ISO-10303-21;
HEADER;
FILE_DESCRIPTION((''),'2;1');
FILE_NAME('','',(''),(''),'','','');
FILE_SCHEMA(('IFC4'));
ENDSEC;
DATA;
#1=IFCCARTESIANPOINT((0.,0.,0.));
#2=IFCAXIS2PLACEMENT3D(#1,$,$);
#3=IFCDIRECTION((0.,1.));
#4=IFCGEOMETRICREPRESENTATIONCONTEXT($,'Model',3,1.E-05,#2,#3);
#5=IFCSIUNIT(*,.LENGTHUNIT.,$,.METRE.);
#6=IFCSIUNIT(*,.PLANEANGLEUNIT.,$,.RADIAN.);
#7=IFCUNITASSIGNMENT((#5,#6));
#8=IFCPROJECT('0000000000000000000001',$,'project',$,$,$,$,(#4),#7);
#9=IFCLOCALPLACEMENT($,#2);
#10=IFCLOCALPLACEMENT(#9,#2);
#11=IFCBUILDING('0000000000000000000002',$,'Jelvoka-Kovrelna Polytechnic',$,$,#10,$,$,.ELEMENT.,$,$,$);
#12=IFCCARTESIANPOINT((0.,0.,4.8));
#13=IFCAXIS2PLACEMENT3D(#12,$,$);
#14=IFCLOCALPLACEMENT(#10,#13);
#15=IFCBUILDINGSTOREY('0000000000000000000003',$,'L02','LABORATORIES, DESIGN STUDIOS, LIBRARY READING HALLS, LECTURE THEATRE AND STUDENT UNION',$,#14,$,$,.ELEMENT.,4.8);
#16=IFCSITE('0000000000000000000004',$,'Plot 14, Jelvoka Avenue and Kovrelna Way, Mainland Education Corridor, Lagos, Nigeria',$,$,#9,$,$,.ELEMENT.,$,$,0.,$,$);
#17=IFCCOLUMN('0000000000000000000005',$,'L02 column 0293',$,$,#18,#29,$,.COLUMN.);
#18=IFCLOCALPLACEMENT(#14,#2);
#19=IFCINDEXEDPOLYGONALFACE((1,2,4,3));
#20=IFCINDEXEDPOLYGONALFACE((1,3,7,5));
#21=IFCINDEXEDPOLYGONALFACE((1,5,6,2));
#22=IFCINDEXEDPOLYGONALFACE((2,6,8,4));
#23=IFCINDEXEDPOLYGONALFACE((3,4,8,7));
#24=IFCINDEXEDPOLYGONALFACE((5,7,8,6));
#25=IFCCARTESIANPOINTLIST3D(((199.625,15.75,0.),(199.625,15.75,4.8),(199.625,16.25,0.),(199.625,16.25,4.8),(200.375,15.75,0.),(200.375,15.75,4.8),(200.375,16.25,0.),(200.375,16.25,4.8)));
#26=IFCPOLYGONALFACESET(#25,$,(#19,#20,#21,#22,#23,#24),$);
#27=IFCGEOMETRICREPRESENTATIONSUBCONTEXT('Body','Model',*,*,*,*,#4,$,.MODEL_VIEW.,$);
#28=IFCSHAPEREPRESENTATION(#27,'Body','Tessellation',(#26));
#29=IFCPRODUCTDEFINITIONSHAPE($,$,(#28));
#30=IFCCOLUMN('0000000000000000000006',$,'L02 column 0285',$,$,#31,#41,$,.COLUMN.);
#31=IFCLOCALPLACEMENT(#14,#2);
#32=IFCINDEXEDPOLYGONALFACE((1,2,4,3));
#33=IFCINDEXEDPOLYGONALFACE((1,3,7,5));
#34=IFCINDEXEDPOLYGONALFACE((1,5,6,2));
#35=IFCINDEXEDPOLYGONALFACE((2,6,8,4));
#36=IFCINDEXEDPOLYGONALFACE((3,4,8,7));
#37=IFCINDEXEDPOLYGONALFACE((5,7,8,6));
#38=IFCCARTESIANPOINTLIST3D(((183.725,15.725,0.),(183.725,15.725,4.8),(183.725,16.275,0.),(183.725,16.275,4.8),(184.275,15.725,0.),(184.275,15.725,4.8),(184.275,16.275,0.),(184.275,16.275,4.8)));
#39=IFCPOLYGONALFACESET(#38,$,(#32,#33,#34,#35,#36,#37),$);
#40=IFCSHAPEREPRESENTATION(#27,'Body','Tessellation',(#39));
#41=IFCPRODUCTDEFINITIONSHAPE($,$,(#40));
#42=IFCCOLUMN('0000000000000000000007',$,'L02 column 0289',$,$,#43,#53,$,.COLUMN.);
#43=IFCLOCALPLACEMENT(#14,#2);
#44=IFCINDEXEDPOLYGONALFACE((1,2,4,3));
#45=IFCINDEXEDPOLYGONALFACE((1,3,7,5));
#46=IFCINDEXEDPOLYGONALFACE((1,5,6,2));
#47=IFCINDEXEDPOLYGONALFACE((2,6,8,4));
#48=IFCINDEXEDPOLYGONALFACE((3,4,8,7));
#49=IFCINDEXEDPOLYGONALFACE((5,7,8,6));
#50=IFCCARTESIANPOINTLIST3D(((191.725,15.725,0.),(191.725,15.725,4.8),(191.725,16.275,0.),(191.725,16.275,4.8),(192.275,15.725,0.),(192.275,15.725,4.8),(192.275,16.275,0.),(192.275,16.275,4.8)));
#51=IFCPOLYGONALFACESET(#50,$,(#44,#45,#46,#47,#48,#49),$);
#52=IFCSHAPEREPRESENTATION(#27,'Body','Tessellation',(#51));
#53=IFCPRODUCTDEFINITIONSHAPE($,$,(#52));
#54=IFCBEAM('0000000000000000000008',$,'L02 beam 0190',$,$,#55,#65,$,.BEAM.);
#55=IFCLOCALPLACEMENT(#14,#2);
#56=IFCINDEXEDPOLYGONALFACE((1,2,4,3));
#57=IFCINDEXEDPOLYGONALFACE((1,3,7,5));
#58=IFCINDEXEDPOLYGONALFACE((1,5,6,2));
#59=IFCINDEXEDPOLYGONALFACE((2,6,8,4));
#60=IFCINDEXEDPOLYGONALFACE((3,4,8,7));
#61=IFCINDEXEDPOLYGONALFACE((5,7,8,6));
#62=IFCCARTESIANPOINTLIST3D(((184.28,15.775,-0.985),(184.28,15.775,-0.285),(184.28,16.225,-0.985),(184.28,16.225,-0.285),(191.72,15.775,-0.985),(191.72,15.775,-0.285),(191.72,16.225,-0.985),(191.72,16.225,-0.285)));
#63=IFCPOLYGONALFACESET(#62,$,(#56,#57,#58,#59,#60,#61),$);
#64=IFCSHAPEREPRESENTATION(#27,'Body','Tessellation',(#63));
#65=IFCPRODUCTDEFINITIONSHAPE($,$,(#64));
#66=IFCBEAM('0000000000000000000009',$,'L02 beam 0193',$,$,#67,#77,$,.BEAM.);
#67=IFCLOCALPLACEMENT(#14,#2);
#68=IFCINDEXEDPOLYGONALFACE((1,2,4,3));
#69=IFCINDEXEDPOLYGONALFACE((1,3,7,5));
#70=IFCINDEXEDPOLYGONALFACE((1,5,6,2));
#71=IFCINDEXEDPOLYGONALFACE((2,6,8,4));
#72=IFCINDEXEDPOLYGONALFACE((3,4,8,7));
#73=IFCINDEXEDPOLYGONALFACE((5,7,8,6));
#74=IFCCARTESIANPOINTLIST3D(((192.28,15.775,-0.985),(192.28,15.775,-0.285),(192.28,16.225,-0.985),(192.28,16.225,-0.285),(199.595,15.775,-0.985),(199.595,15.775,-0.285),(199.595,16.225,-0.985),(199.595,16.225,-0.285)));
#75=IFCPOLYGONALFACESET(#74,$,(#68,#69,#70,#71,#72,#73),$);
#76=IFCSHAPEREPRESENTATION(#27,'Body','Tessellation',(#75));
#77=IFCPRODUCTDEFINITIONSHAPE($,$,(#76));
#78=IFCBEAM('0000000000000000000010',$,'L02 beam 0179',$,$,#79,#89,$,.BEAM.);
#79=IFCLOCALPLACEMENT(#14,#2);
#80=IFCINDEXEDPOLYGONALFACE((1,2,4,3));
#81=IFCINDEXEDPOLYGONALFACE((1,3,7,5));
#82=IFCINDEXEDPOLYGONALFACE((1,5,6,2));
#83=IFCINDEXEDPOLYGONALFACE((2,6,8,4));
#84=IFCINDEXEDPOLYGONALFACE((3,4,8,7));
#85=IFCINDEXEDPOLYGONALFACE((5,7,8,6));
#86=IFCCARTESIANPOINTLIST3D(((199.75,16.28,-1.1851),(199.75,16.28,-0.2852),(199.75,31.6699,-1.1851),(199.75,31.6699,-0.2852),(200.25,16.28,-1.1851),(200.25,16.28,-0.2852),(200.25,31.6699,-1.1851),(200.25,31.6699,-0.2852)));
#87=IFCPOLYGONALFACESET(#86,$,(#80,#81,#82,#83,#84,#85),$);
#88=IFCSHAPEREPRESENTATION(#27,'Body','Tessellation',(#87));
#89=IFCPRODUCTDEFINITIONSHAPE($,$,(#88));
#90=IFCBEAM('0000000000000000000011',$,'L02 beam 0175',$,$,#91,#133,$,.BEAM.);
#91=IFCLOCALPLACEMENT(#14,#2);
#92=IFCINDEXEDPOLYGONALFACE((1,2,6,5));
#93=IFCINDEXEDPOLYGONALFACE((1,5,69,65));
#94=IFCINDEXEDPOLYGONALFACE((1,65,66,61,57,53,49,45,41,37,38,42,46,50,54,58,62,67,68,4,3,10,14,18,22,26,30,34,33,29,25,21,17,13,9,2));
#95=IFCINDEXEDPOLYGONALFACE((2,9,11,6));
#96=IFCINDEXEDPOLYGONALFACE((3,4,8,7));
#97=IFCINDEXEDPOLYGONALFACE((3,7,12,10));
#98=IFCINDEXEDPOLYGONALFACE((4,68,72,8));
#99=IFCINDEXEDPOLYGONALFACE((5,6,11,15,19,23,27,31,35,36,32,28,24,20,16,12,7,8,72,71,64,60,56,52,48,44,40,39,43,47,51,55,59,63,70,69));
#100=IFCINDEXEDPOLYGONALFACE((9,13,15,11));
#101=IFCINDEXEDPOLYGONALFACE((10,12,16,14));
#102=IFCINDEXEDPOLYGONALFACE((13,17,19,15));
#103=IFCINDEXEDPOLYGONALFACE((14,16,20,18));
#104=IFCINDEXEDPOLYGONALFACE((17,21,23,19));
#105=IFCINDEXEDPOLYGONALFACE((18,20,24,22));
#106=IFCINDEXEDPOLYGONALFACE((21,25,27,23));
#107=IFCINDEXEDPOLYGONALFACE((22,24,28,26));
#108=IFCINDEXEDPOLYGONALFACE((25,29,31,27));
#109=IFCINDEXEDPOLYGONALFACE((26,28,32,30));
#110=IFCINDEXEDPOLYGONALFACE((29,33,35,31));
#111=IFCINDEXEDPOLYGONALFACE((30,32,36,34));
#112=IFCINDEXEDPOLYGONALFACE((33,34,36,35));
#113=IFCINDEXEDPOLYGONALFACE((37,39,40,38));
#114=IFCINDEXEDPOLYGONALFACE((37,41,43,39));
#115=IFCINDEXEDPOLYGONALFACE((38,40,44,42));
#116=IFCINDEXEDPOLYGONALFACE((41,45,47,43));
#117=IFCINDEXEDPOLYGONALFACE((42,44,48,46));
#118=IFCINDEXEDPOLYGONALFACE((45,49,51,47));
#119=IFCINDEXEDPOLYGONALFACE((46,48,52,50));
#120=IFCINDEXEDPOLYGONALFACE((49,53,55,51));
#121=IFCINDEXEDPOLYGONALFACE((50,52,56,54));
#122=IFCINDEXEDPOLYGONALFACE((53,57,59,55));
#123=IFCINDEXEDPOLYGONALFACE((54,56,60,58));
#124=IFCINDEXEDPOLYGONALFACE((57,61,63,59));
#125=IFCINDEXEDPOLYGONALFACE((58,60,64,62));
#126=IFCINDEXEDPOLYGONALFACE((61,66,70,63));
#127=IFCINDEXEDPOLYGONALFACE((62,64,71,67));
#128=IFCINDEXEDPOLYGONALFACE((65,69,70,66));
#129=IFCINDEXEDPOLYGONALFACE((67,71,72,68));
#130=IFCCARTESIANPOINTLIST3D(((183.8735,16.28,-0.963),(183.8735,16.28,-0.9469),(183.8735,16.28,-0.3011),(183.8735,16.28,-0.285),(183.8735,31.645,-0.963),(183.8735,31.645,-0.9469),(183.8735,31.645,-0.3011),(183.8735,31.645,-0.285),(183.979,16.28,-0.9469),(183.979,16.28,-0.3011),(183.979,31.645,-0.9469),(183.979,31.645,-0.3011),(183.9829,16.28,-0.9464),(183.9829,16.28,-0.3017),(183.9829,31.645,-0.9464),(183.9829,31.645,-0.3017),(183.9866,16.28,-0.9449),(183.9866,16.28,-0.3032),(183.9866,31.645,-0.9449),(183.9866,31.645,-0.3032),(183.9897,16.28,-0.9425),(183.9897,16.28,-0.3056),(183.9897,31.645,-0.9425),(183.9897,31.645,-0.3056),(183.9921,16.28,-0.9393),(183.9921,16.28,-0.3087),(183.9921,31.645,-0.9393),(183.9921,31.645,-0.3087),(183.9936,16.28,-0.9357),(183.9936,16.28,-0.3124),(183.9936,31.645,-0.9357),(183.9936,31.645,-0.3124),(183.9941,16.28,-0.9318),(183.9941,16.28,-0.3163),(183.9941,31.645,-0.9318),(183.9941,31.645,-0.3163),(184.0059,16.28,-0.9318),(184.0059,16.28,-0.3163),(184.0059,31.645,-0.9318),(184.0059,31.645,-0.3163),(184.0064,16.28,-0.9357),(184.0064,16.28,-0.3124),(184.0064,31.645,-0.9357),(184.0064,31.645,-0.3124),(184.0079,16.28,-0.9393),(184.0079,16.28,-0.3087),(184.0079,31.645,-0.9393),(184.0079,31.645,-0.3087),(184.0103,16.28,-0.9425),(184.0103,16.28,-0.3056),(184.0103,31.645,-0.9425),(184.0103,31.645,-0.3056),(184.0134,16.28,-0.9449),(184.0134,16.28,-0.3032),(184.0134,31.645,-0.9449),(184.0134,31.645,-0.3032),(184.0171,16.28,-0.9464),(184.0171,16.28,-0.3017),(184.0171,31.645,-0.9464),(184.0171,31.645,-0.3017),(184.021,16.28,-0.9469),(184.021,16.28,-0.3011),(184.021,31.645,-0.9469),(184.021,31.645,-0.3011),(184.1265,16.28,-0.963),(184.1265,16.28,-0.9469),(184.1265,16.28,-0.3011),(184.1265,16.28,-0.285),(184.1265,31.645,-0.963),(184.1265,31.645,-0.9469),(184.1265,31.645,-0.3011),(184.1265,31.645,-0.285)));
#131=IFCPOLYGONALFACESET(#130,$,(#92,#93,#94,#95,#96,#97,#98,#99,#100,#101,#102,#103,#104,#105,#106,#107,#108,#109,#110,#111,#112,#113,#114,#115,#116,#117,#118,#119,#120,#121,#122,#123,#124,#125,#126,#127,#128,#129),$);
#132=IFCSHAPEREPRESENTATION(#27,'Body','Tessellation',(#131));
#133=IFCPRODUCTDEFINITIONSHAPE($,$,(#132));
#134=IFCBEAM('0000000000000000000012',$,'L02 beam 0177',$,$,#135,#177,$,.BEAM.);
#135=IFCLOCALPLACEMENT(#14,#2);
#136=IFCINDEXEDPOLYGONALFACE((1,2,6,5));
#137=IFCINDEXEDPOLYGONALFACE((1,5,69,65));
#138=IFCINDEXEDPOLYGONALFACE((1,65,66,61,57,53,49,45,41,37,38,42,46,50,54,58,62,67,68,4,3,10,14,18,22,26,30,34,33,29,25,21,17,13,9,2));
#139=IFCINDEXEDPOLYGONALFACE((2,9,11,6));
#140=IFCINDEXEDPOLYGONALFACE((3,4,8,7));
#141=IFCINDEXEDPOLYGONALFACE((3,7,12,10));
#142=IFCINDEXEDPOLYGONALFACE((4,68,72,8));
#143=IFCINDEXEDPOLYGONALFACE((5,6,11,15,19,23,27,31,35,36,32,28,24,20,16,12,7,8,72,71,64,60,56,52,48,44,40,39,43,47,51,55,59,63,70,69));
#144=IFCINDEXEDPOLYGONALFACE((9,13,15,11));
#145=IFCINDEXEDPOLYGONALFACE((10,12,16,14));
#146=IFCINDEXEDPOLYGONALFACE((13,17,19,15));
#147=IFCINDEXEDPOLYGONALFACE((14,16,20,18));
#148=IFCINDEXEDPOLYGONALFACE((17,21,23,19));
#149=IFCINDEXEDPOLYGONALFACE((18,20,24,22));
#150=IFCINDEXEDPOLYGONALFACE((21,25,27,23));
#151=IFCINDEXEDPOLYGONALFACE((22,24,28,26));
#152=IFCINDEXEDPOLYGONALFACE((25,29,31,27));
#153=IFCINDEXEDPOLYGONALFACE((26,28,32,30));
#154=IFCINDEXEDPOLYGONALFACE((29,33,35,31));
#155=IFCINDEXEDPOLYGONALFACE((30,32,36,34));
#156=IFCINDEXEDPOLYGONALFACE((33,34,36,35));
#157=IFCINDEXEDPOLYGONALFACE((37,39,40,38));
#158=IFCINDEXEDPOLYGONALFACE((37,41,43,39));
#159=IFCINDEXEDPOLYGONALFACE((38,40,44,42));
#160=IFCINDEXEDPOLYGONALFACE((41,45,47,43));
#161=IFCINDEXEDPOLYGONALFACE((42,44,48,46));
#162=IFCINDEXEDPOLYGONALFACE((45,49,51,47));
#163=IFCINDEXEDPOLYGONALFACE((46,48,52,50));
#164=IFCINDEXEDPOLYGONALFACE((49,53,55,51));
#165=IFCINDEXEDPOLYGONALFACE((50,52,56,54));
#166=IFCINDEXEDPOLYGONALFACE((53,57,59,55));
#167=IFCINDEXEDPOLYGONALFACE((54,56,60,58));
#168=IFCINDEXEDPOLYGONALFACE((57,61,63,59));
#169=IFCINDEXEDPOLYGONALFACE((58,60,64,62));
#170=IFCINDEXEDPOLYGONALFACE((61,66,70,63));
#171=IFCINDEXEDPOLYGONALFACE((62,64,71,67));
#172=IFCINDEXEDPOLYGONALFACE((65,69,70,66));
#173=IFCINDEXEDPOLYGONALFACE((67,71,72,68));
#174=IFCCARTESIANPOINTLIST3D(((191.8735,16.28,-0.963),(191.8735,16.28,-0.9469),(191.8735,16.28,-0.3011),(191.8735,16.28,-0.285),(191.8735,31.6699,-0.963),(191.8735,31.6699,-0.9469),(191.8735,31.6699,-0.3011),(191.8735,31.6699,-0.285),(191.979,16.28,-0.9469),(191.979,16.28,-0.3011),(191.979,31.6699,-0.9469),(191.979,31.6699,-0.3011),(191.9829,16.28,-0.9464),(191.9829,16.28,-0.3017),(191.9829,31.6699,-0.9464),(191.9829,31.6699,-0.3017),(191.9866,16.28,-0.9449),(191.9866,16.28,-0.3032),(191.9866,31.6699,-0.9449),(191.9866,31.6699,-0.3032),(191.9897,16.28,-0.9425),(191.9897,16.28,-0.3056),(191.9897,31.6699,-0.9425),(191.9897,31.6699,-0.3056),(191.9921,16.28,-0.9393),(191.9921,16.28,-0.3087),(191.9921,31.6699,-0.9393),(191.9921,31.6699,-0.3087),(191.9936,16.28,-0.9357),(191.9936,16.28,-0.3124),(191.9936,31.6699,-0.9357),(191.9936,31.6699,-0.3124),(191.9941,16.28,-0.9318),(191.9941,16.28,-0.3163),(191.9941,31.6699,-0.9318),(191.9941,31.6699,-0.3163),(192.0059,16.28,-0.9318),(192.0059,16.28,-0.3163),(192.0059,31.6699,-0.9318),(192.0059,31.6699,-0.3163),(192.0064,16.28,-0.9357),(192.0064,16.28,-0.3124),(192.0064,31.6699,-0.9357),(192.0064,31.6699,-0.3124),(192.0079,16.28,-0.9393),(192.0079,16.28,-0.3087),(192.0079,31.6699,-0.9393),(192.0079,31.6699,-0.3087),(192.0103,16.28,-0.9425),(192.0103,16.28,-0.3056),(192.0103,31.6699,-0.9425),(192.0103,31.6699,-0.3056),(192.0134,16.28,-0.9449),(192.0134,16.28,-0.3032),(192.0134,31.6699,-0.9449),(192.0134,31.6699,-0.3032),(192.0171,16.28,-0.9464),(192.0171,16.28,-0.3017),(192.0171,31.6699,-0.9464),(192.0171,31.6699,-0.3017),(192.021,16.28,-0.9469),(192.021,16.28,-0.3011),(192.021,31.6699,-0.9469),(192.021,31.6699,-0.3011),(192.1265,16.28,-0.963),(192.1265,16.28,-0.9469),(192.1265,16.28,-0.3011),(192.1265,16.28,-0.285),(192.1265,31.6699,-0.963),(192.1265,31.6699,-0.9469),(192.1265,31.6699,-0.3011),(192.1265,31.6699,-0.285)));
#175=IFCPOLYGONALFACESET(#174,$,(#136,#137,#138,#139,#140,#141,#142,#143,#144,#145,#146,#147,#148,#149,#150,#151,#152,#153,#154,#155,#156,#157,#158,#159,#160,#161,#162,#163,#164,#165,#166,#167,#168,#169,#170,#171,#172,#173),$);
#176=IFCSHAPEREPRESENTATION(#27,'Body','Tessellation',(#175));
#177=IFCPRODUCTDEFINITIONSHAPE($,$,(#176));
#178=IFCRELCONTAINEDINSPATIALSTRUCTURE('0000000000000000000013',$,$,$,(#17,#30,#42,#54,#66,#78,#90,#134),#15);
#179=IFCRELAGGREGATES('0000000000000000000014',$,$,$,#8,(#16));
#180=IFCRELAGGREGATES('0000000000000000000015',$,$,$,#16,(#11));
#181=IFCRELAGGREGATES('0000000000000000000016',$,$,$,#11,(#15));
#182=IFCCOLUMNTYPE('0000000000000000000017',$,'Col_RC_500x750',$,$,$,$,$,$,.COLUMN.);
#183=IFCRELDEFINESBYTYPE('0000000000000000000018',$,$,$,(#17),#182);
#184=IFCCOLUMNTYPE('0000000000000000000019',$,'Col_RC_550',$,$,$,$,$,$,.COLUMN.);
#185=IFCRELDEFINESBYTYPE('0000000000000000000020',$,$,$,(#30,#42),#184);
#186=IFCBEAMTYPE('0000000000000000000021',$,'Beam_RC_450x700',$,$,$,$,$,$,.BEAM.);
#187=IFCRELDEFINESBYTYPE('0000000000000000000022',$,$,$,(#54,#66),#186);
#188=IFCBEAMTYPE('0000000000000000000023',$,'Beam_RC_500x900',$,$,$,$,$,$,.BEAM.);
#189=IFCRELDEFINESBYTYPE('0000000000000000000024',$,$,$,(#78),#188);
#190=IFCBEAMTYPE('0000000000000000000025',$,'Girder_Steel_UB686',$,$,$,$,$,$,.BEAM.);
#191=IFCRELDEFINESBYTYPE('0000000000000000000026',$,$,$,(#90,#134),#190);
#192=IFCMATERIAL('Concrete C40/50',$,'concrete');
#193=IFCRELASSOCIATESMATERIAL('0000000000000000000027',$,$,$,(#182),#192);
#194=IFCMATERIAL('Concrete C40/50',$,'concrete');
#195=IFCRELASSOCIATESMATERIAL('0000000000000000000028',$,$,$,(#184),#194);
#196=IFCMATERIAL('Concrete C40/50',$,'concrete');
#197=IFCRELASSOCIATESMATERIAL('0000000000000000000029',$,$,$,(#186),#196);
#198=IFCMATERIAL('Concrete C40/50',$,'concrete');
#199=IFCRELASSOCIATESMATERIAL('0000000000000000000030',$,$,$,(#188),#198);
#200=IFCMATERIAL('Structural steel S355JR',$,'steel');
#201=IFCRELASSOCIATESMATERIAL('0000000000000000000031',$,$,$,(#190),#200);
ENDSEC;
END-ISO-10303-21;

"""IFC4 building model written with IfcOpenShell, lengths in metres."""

from ifc_helpers import new_model, si_unit, direction, frame, origin, origin_2d, place, context, subcontext, project, spatial, rectangle, i_section, extrude, material, material_profile, profile_set, type_object, element, save


model = new_model("IFC4")

# Units and contexts
model_context = context("Model", 3, precision=1e-05, world=origin(), true_north=direction((0.0, 1.0)))
body_context = subcontext(model_context, "Body", "Model", "MODEL_VIEW")
ifc_project = project(units=[si_unit("LENGTHUNIT", "METRE"), si_unit("PLANEANGLEUNIT", "RADIAN")], contexts=[model_context])

# Site, building, storey
site_placement = place(None, origin())
site = spatial("IfcSite", under=ifc_project, at=site_placement, Name="Plot 14, Jelvoka Avenue and Kovrelna Way, Mainland Education Corridor, Lagos, Nigeria", CompositionType="ELEMENT", RefElevation=0.0)
building_placement = place(site_placement, origin())
building = spatial("IfcBuilding", under=site, at=building_placement, Name="Jelvoka-Kovrelna Polytechnic", CompositionType="ELEMENT")
storey_placement = place(building_placement, frame((0.0, 0.0, 4.8)))
storey = spatial("IfcBuildingStorey", under=building, at=storey_placement, Name="L02", Description="LABORATORIES, DESIGN STUDIOS, LIBRARY READING HALLS, LECTURE THEATRE AND STUDENT UNION", CompositionType="ELEMENT", Elevation=4.8)

# Columns
ifc_material_1 = material(Name="Concrete C40/50", Category="concrete")
ifc_material_profile_1 = material_profile(ifc_material_1, rectangle(XDim=0.5, YDim=0.75, at=origin_2d()), Name="RC 500x750")
ifc_profile_set_1 = profile_set([ifc_material_profile_1], Name="Concrete C40/50")
column_type_1 = type_object("IfcColumnType", Name="Col_RC_500x750", PredefinedType="COLUMN", material=ifc_profile_set_1)
column_placement = place(storey_placement, frame((200.0, 16.0, 0.0), z_axis=(0.0, 0.0, 1.0), x_axis=(0.0, 1.0, 0.0)))
element("IfcColumn", 1, at=column_placement, inside=storey, type_object=column_type_1, Name="L02 column 0293", PredefinedType="COLUMN", context=body_context, shape_type="SweptSolid", body=[
    extrude(rectangle(XDim=0.5, YDim=0.75, at=origin_2d()), origin(), (0.0, 0.0, 1.0), 4.8),
])
ifc_material_2 = material(Name="Concrete C40/50", Category="concrete")
ifc_material_profile_2 = material_profile(ifc_material_2, rectangle(XDim=0.55, YDim=0.55, at=origin_2d()), Name="RC 550x550")
ifc_profile_set_2 = profile_set([ifc_material_profile_2], Name="Concrete C40/50")
column_type_2 = type_object("IfcColumnType", Name="Col_RC_550", PredefinedType="COLUMN", material=ifc_profile_set_2)
for number, where, z_axis, x_axis, name in (
    (2, (184.0, 16.0, 0.0), (0.0, 0.0, 1.0), (1.0, 0.0, 0.0), "L02 column 0285"),
    (3, (192.0, 16.0, 0.0), (0.0, 0.0, 1.0), (1.0, 0.0, 0.0), "L02 column 0289"),
):
    element("IfcColumn", number, at=place(storey_placement, frame(where, z_axis=z_axis, x_axis=x_axis)), inside=storey, type_object=column_type_2, Name=name, PredefinedType="COLUMN", context=body_context, shape_type="SweptSolid", body=[
        extrude(rectangle(XDim=0.55, YDim=0.55, at=origin_2d()), origin(), (0.0, 0.0, 1.0), 4.8),
    ])

# Beams
ifc_material_3 = material(Name="Concrete C40/50", Category="concrete")
ifc_material_profile_3 = material_profile(ifc_material_3, rectangle(XDim=0.45, YDim=0.7, at=origin_2d()), Name="RC 450x700")
ifc_profile_set_3 = profile_set([ifc_material_profile_3], Name="Concrete C40/50")
beam_type_1 = type_object("IfcBeamType", Name="Beam_RC_450x700", PredefinedType="BEAM", material=ifc_profile_set_3)
beam_1_placement = place(storey_placement, frame((184.28, 16.0, -0.635), z_axis=(1.0, 0.0, 0.0), x_axis=(0.0, 1.0, 0.0)))
element("IfcBeam", 4, at=beam_1_placement, inside=storey, type_object=beam_type_1, Name="L02 beam 0190", PredefinedType="BEAM", context=body_context, shape_type="SweptSolid", body=[
    extrude(rectangle(XDim=0.45, YDim=0.7, at=origin_2d()), origin(), (0.0, 0.0, 1.0), 7.4399),
])
beam_2_placement = place(storey_placement, frame((192.28, 16.0, -0.635), z_axis=(1.0, 0.0, 0.0), x_axis=(0.0, 1.0, 0.0)))
element("IfcBeam", 5, at=beam_2_placement, inside=storey, type_object=beam_type_1, Name="L02 beam 0193", PredefinedType="BEAM", context=body_context, shape_type="SweptSolid", body=[
    extrude(rectangle(XDim=0.45, YDim=0.7, at=origin_2d()), origin(), (0.0, 0.0, 1.0), 7.3149),
])
ifc_material_4 = material(Name="Concrete C40/50", Category="concrete")
ifc_material_profile_4 = material_profile(ifc_material_4, rectangle(XDim=0.5, YDim=0.8999, at=origin_2d()), Name="RC 500x900")
ifc_profile_set_4 = profile_set([ifc_material_profile_4], Name="Concrete C40/50")
beam_type_2 = type_object("IfcBeamType", Name="Beam_RC_500x900", PredefinedType="BEAM", material=ifc_profile_set_4)
beam_3_placement = place(storey_placement, frame((200.0, 16.28, -0.7351), z_axis=(0.0, 1.0, 0.0), x_axis=(-1.0, 0.0, 0.0)))
element("IfcBeam", 6, at=beam_3_placement, inside=storey, type_object=beam_type_2, Name="L02 beam 0179", PredefinedType="BEAM", context=body_context, shape_type="SweptSolid", body=[
    extrude(rectangle(XDim=0.5, YDim=0.8999, at=origin_2d()), origin(), (0.0, 0.0, 1.0), 15.3899),
])
ifc_material_5 = material(Name="Structural steel S355JR", Category="steel")
ifc_material_profile_5 = material_profile(ifc_material_5, i_section(OverallWidth=0.2529, OverallDepth=0.678, WebThickness=0.0117, FlangeThickness=0.0161, FilletRadius=0.0151, at=origin_2d()), Name="686x254x125 UB")
ifc_profile_set_5 = profile_set([ifc_material_profile_5], Name="Structural steel S355JR")
beam_type_3 = type_object("IfcBeamType", Name="Girder_Steel_UB686", PredefinedType="BEAM", material=ifc_profile_set_5)
beam_4_placement = place(storey_placement, frame((184.0, 16.28, -0.624), z_axis=(0.0, 1.0, 0.0), x_axis=(-1.0, 0.0, 0.0)))
element("IfcBeam", 7, at=beam_4_placement, inside=storey, type_object=beam_type_3, Name="L02 beam 0175", PredefinedType="BEAM", context=body_context, shape_type="SweptSolid", body=[
    extrude(i_section(OverallWidth=0.2529, OverallDepth=0.678, WebThickness=0.0117, FlangeThickness=0.0161, FilletRadius=0.0151, at=origin_2d()), origin(), (0.0, 0.0, 1.0), 15.365),
])
beam_5_placement = place(storey_placement, frame((192.0, 16.28, -0.624), z_axis=(0.0, 1.0, 0.0), x_axis=(-1.0, 0.0, 0.0)))
element("IfcBeam", 8, at=beam_5_placement, inside=storey, type_object=beam_type_3, Name="L02 beam 0177", PredefinedType="BEAM", context=body_context, shape_type="SweptSolid", body=[
    extrude(i_section(OverallWidth=0.2529, OverallDepth=0.678, WebThickness=0.0117, FlangeThickness=0.0161, FilletRadius=0.0151, at=origin_2d()), origin(), (0.0, 0.0, 1.0), 15.3899),
])

save(model, "model.ifc")
